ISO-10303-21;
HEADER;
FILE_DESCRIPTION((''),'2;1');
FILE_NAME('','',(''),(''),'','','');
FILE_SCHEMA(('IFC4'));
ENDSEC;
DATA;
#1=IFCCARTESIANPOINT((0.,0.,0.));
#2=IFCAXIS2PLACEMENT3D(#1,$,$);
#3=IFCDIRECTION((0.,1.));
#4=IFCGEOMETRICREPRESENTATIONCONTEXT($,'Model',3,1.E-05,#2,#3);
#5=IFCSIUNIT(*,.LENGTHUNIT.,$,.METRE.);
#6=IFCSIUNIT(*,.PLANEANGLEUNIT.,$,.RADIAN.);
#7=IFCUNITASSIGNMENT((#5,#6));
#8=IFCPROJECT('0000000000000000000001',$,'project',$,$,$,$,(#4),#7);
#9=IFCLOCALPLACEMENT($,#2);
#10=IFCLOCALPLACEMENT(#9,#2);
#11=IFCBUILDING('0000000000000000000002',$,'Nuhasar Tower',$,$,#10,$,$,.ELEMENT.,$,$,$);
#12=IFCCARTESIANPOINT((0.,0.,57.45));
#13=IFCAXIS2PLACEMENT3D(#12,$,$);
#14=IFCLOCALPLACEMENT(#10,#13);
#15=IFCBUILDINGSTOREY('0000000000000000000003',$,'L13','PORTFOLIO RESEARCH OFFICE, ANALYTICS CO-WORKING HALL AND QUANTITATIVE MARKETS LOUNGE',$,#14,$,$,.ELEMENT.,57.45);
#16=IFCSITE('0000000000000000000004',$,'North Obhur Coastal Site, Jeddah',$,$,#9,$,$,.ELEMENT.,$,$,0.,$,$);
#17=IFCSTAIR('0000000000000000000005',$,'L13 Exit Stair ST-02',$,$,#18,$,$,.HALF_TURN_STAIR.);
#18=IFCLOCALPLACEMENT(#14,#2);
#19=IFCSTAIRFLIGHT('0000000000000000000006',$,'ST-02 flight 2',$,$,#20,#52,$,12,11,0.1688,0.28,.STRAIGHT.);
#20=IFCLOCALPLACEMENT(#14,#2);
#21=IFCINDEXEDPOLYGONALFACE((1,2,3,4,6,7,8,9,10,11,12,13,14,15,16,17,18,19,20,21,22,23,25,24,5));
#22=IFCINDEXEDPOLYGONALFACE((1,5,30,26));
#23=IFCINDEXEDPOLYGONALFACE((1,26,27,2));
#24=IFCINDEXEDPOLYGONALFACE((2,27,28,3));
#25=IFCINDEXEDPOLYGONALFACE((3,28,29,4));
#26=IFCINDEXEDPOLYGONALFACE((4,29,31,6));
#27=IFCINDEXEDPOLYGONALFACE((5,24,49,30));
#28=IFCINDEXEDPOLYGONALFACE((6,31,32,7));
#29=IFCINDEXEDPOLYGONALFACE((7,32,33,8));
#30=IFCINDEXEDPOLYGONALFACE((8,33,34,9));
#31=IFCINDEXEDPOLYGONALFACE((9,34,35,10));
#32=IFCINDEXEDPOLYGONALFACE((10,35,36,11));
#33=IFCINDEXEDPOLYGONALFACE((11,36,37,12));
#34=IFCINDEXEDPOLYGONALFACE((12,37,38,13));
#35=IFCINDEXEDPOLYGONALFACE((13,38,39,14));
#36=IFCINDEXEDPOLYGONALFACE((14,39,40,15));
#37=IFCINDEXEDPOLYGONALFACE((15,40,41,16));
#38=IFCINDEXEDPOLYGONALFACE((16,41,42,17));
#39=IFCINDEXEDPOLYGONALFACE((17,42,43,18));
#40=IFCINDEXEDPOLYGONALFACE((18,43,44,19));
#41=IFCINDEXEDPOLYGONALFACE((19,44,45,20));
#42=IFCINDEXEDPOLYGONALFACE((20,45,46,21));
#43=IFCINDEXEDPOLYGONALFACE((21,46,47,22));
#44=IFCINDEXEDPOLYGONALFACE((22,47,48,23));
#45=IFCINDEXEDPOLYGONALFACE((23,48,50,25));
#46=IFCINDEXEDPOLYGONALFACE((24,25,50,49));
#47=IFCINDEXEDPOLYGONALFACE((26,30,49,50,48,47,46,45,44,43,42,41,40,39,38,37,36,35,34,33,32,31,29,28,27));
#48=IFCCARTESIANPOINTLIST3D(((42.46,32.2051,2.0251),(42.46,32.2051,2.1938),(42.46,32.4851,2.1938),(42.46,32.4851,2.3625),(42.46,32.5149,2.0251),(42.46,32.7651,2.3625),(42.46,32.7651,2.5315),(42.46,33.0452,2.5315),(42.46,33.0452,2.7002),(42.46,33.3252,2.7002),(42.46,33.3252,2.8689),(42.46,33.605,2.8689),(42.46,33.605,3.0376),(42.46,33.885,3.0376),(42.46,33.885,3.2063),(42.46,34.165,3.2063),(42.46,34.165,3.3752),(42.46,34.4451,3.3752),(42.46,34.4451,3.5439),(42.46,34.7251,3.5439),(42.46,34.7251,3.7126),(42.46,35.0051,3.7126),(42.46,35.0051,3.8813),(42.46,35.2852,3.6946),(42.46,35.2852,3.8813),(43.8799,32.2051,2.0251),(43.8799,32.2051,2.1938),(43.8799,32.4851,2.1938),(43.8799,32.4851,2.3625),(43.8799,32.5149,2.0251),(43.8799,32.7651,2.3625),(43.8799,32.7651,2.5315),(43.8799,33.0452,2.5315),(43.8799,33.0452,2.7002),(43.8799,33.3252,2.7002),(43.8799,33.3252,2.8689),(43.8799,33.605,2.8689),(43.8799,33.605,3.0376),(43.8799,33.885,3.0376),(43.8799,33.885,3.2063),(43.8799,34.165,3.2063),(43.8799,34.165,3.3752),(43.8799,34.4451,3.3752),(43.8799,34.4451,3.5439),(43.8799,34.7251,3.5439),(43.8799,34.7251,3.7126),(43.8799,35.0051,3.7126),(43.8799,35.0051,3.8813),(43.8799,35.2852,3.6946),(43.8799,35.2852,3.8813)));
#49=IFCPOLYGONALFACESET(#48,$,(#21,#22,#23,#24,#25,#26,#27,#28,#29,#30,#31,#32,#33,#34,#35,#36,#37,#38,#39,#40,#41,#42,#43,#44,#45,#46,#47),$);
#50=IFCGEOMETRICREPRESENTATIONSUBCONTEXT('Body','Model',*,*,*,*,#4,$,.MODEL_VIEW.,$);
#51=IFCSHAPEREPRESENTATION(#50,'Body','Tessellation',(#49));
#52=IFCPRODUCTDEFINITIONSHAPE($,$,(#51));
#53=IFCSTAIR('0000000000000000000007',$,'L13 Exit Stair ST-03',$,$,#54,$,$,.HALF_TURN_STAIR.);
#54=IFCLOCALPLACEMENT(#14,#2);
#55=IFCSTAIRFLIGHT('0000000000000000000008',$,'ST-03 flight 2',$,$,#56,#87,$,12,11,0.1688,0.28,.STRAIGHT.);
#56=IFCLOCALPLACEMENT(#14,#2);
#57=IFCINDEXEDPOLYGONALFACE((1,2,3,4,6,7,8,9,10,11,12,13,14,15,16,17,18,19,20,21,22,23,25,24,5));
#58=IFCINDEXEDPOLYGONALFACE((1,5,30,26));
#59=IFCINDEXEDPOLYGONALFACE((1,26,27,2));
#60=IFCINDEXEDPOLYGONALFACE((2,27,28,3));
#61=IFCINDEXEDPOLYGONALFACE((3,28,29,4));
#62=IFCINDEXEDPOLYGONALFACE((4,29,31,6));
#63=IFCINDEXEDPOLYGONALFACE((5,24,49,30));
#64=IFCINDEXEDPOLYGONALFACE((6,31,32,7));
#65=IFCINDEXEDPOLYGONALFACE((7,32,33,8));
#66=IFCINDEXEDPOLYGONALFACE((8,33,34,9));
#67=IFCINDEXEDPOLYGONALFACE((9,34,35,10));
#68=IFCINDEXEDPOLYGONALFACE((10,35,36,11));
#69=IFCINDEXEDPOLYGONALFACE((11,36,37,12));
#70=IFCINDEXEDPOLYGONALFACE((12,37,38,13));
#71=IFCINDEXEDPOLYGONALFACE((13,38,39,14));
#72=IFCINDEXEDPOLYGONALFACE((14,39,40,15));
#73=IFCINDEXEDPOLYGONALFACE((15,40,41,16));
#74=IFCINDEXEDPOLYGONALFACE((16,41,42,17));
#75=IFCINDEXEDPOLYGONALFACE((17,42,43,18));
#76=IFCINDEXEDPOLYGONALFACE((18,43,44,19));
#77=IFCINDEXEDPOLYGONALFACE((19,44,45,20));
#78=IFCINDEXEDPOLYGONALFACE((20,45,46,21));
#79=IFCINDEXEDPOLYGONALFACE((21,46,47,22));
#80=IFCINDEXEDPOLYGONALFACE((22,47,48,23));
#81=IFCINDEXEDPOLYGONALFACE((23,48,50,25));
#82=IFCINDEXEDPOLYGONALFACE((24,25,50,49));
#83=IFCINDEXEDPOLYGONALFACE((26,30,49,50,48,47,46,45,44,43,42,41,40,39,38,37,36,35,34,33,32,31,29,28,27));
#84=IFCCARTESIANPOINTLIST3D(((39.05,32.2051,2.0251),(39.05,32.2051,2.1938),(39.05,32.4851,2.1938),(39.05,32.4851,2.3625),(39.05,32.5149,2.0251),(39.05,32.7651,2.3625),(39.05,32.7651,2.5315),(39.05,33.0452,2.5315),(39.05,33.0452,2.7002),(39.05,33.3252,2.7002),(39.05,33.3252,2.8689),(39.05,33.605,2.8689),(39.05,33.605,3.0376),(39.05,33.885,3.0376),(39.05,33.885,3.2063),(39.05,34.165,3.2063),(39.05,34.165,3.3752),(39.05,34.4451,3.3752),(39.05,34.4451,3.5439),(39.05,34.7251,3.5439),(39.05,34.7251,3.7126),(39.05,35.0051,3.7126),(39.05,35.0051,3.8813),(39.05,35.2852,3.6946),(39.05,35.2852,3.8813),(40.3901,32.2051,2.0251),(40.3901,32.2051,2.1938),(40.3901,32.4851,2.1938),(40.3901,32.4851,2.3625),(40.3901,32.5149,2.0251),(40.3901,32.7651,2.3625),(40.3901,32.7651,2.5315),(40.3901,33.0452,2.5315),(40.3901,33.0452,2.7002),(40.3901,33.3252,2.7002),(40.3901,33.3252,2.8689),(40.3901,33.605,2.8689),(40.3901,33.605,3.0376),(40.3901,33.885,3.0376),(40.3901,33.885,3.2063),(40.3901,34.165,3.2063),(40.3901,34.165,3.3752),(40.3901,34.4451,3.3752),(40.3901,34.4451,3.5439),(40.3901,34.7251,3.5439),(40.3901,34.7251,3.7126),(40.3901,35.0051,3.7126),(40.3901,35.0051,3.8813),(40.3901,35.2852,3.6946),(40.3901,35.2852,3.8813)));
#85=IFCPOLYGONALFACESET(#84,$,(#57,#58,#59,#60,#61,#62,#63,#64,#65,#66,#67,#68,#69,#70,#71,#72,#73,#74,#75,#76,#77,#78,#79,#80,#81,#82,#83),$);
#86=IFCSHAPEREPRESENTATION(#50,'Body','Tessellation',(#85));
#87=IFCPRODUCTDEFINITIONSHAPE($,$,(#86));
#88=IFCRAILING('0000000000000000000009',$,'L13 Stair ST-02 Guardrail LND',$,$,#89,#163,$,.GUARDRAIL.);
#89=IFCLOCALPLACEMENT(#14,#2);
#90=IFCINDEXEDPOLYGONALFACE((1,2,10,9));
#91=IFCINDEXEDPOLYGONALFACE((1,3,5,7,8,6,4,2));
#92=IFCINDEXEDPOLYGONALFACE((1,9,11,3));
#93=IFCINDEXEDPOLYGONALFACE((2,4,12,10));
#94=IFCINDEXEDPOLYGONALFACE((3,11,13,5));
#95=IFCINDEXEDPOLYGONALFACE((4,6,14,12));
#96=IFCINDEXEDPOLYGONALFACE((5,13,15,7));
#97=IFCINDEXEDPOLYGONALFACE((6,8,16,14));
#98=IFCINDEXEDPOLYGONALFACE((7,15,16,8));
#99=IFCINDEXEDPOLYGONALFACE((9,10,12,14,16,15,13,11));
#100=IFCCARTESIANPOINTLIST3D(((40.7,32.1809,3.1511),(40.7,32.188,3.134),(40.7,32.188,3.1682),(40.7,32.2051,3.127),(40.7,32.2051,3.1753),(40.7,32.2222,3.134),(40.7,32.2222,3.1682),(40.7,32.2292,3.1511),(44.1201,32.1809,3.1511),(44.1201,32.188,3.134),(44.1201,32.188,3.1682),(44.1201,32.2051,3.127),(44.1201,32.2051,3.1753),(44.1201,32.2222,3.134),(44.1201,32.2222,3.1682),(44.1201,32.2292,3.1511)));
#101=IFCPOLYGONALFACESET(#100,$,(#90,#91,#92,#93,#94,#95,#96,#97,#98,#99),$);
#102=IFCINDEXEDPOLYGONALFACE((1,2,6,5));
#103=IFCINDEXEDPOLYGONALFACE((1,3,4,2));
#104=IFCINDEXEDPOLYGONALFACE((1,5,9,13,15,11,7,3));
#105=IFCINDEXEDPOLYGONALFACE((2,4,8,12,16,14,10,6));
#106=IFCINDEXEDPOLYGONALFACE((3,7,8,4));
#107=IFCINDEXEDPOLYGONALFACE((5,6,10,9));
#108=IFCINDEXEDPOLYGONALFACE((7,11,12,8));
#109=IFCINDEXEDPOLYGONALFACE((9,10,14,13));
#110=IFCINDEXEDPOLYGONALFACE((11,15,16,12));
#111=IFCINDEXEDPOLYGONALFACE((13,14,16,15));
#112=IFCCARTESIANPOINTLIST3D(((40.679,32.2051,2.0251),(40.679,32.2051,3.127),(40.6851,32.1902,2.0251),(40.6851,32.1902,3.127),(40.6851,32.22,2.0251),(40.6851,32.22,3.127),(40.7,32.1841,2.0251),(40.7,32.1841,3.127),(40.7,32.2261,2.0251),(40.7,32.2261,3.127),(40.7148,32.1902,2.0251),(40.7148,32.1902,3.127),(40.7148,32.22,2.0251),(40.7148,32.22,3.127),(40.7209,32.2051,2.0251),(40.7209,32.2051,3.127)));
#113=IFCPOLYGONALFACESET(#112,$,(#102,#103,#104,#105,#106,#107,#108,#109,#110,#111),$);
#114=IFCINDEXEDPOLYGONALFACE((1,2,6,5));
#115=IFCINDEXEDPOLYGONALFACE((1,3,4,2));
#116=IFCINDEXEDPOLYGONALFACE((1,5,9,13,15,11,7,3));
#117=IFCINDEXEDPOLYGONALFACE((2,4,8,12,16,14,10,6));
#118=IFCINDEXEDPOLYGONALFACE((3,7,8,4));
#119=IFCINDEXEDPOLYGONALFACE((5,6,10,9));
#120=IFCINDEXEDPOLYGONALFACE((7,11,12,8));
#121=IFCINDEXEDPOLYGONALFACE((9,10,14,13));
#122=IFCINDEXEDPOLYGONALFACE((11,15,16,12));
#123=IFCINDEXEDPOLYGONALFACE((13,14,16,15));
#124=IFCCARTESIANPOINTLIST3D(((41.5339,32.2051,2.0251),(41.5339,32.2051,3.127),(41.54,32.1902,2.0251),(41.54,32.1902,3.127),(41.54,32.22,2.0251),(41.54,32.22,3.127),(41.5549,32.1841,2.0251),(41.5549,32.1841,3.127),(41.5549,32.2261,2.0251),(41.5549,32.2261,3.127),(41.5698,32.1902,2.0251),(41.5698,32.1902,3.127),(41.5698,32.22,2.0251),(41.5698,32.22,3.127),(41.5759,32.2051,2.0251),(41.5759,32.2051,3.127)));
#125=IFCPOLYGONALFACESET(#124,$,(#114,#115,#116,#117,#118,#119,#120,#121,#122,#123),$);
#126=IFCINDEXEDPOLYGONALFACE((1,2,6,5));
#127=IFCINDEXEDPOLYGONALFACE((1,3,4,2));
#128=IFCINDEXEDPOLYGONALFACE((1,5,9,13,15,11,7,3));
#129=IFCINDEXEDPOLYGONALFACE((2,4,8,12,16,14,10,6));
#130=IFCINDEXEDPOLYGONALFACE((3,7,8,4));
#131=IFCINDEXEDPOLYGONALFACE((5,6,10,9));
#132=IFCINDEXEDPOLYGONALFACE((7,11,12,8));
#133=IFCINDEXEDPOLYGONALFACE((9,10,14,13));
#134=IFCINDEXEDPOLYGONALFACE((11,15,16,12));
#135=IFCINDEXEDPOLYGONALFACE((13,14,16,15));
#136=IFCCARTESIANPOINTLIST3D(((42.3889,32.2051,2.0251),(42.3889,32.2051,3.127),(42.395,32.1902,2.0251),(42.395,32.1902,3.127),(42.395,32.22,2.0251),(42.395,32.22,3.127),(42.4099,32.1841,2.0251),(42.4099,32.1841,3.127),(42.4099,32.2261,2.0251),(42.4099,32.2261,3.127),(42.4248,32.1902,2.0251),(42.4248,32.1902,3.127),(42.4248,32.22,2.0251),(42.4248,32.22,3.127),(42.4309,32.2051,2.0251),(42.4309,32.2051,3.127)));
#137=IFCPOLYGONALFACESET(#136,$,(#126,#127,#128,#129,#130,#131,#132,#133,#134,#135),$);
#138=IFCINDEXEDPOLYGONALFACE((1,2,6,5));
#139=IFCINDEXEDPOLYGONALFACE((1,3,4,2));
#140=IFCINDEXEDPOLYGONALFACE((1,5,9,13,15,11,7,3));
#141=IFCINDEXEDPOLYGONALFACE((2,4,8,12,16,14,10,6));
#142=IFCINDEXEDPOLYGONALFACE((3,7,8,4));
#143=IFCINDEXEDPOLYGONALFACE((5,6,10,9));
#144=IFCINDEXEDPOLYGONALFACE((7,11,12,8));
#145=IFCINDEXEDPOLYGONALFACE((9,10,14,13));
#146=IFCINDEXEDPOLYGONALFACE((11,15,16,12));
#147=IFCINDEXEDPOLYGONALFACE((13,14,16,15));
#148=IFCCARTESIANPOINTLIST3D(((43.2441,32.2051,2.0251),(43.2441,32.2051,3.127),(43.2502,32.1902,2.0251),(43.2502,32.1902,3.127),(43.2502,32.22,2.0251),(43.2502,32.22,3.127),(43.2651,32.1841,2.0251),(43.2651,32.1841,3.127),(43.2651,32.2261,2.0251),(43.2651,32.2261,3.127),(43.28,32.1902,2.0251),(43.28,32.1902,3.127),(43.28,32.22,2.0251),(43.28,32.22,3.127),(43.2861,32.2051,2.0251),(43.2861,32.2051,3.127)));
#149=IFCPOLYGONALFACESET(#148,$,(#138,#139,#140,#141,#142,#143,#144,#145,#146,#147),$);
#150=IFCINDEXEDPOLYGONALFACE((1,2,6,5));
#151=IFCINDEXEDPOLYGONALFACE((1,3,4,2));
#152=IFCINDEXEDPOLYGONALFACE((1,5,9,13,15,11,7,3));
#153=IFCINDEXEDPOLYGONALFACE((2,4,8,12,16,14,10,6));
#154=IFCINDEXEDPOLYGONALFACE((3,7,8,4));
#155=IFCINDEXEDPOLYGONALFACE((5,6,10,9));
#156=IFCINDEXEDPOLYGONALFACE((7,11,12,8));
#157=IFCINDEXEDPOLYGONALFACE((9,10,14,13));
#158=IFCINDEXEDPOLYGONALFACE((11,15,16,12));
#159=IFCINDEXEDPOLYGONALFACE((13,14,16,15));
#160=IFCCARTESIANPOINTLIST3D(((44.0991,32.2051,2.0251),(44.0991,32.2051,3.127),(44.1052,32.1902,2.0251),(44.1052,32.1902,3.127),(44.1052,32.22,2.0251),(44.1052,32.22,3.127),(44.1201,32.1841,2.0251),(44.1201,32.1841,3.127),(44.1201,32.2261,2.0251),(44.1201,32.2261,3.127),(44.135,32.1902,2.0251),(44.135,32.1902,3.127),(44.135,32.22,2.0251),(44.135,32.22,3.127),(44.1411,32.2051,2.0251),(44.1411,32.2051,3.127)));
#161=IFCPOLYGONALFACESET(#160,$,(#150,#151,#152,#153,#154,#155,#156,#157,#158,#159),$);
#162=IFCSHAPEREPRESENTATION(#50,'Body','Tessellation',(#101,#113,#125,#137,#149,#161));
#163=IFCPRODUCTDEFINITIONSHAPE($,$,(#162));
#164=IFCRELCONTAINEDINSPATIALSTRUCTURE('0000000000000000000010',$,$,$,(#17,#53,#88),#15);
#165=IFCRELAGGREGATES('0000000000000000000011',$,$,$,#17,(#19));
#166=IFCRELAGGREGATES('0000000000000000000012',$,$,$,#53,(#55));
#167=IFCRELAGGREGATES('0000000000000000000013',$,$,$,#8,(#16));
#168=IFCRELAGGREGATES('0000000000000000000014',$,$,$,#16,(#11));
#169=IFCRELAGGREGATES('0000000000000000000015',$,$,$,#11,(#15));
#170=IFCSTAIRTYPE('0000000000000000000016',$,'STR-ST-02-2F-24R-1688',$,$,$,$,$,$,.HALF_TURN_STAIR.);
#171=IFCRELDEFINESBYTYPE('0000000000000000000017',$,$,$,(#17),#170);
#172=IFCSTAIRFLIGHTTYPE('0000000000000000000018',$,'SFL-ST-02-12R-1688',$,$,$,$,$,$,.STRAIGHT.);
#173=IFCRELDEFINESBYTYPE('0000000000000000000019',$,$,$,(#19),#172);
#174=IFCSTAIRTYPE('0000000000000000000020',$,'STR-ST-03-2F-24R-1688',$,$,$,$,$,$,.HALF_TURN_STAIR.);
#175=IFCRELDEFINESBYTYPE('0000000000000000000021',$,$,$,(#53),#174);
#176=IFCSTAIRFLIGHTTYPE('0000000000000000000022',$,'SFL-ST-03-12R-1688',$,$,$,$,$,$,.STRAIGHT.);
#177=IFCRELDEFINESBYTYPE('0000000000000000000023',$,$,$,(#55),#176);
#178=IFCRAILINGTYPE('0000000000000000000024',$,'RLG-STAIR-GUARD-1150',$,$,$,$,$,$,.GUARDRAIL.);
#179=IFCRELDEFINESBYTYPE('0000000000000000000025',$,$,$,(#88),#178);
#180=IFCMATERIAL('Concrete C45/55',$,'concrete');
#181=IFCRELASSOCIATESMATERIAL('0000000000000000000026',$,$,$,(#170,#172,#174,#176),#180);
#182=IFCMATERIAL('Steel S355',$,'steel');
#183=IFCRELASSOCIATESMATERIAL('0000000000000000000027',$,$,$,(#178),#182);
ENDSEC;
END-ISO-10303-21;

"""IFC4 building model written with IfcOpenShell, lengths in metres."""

from ifc_helpers import new_model, si_unit, direction, frame, origin, place, context, subcontext, project, spatial, polyline, outline, extrude, material, type_object, element, aggregate, save


model = new_model("IFC4")

# Units and contexts
model_context = context("Model", 3, precision=1e-05, world=origin(), true_north=direction((0.0, 1.0)))
body_context = subcontext(model_context, "Body", "Model", "MODEL_VIEW")
ifc_project = project(units=[si_unit("LENGTHUNIT", "METRE"), si_unit("PLANEANGLEUNIT", "RADIAN")], contexts=[model_context])

# Site, building, storey
site_placement = place(None, origin())
site = spatial("IfcSite", under=ifc_project, at=site_placement, Name="North Obhur Coastal Site, Jeddah", CompositionType="ELEMENT", RefElevation=0.0)
building_placement = place(site_placement, origin())
building = spatial("IfcBuilding", under=site, at=building_placement, Name="Nuhasar Tower", CompositionType="ELEMENT")
storey_placement = place(building_placement, frame((0.0, 0.0, 57.45)))
storey = spatial("IfcBuildingStorey", under=building, at=storey_placement, Name="L13", Description="PORTFOLIO RESEARCH OFFICE, ANALYTICS CO-WORKING HALL AND QUANTITATIVE MARKETS LOUNGE", CompositionType="ELEMENT", Elevation=57.45)

# Shared definitions
ifc_material_1 = material(Name="Steel S355", Category="steel")

# Shared definitions
ifc_material_2 = material(Name="Concrete C45/55", Category="concrete")

# Stair, stair flight
stair_type_1 = type_object("IfcStairType", Name="STR-ST-02-2F-24R-1688", PredefinedType="HALF_TURN_STAIR", material=ifc_material_2)
stair_1_placement = place(storey_placement, origin())
stair_1 = element("IfcStair", 1, at=stair_1_placement, inside=storey, type_object=stair_type_1, Name="L13 Exit Stair ST-02", PredefinedType="HALF_TURN_STAIR")
stair_flight_type_1 = type_object("IfcStairFlightType", Name="SFL-ST-02-12R-1688", PredefinedType="STRAIGHT", material=ifc_material_2)
stair_flight_1_placement = place(storey_placement, frame((43.1699, 32.2051, 2.0251), z_axis=(0.0, 0.0, 1.0), x_axis=(0.0, 1.0, 0.0)))
stair_flight_1 = element("IfcStairFlight", 2, at=stair_flight_1_placement, type_object=stair_flight_type_1, Name="ST-02 flight 2", NumberOfRisers=12, NumberOfTreads=11, PredefinedType="STRAIGHT", RiserHeight=0.1688, TreadLength=0.28, context=body_context, shape_type="SweptSolid", body=[
    extrude(outline(polyline([(0.0, 0.0), (0.0, 0.1687), (0.28, 0.1687), (0.28, 0.3374), (0.5601, 0.3374), (0.5601, 0.5063), (0.8401, 0.5063), (0.8401, 0.675), (1.1201, 0.675), (1.1201, 0.8438), (1.3999, 0.8438), (1.3999, 1.0125), (1.6799, 1.0125), (1.6799, 1.1812), (1.96, 1.1812), (1.96, 1.3501), (2.24, 1.3501), (2.24, 1.5188), (2.52, 1.5188), (2.52, 1.6875), (2.8, 1.6875), (2.8, 1.8562), (3.0801, 1.8562), (3.0801, 2.0249), (3.0801, 1.6694), (0.3098, 0.0), (0.0, 0.0)])), frame((0.0, 0.71, 0.0), z_axis=(0.0, -1.0, 0.0), x_axis=(1.0, 0.0, 0.0)), (0.0, 0.0, 1.0), 1.4199),
])
aggregate(stair_1, [stair_flight_1])

# Stair, stair flight
stair_type_2 = type_object("IfcStairType", Name="STR-ST-03-2F-24R-1688", PredefinedType="HALF_TURN_STAIR", material=ifc_material_2)
stair_2_placement = place(storey_placement, origin())
stair_2 = element("IfcStair", 3, at=stair_2_placement, inside=storey, type_object=stair_type_2, Name="L13 Exit Stair ST-03", PredefinedType="HALF_TURN_STAIR")
stair_flight_type_2 = type_object("IfcStairFlightType", Name="SFL-ST-03-12R-1688", PredefinedType="STRAIGHT", material=ifc_material_2)
stair_flight_2_placement = place(storey_placement, frame((39.72, 32.2051, 2.0251), z_axis=(0.0, 0.0, 1.0), x_axis=(0.0, 1.0, 0.0)))
stair_flight_2 = element("IfcStairFlight", 4, at=stair_flight_2_placement, type_object=stair_flight_type_2, Name="ST-03 flight 2", NumberOfRisers=12, NumberOfTreads=11, PredefinedType="STRAIGHT", RiserHeight=0.1688, TreadLength=0.28, context=body_context, shape_type="SweptSolid", body=[
    extrude(outline(polyline([(0.0, 0.0), (0.0, 0.1687), (0.28, 0.1687), (0.28, 0.3374), (0.5601, 0.3374), (0.5601, 0.5063), (0.8401, 0.5063), (0.8401, 0.675), (1.1201, 0.675), (1.1201, 0.8438), (1.3999, 0.8438), (1.3999, 1.0125), (1.6799, 1.0125), (1.6799, 1.1812), (1.96, 1.1812), (1.96, 1.3501), (2.24, 1.3501), (2.24, 1.5188), (2.52, 1.5188), (2.52, 1.6875), (2.8, 1.6875), (2.8, 1.8562), (3.0801, 1.8562), (3.0801, 2.0249), (3.0801, 1.6694), (0.3098, 0.0), (0.0, 0.0)])), frame((0.0, 0.6699, 0.0), z_axis=(0.0, -1.0, 0.0), x_axis=(1.0, 0.0, 0.0)), (0.0, 0.0, 1.0), 1.3401),
])
aggregate(stair_2, [stair_flight_2])

# Railing
railing_type_1 = type_object("IfcRailingType", Name="RLG-STAIR-GUARD-1150", PredefinedType="GUARDRAIL", material=ifc_material_1)
railing_1_placement = place(storey_placement, frame((40.7, 32.2051, 2.0251)))
element("IfcRailing", 5, at=railing_1_placement, inside=storey, type_object=railing_type_1, Name="L13 Stair ST-02 Guardrail LND", PredefinedType="GUARDRAIL", context=body_context, shape_type="SweptSolid", body=[
    extrude(outline(polyline([(0.0242, 0.0), (0.0171, 0.0171), (0.0, 0.0242), (-0.0171, 0.0171), (-0.0242, 0.0), (-0.0171, -0.0171), (0.0, -0.0242), (0.0171, -0.0171), (0.0242, 0.0)])), frame((0.0, 0.0, 1.126), z_axis=(1.0, 0.0, 0.0), x_axis=(0.0, 1.0, 0.0)), (0.0, 0.0, 1.0), 3.4202),
    extrude(outline(polyline([(0.021, 0.0), (0.0149, 0.0149), (0.0, 0.021), (-0.0149, 0.0149), (-0.021, 0.0), (-0.0149, -0.0149), (0.0, -0.021), (0.0149, -0.0149), (0.021, 0.0)])), origin(), (0.0, 0.0, 1.0), 1.1018),
    extrude(outline(polyline([(0.021, 0.0), (0.0149, 0.0149), (0.0, 0.021), (-0.0149, 0.0149), (-0.021, 0.0), (-0.0149, -0.0149), (0.0, -0.021), (0.0149, -0.0149), (0.021, 0.0)])), frame((0.855, 0.0, 0.0)), (0.0, 0.0, 1.0), 1.1018),
    extrude(outline(polyline([(0.021, 0.0), (0.0149, 0.0149), (0.0, 0.021), (-0.0149, 0.0149), (-0.021, 0.0), (-0.0149, -0.0149), (0.0, -0.021), (0.0149, -0.0149), (0.021, 0.0)])), frame((1.71, 0.0, 0.0)), (0.0, 0.0, 1.0), 1.1018),
    extrude(outline(polyline([(0.021, 0.0), (0.0149, 0.0149), (0.0, 0.021), (-0.0149, 0.0149), (-0.021, 0.0), (-0.0149, -0.0149), (0.0, -0.021), (0.0149, -0.0149), (0.021, 0.0)])), frame((2.5652, 0.0, 0.0)), (0.0, 0.0, 1.0), 1.1018),
    extrude(outline(polyline([(0.021, 0.0), (0.0149, 0.0149), (0.0, 0.021), (-0.0149, 0.0149), (-0.021, 0.0), (-0.0149, -0.0149), (0.0, -0.021), (0.0149, -0.0149), (0.021, 0.0)])), frame((3.4202, 0.0, 0.0)), (0.0, 0.0, 1.0), 1.1018),
])

save(model, "model.ifc")
